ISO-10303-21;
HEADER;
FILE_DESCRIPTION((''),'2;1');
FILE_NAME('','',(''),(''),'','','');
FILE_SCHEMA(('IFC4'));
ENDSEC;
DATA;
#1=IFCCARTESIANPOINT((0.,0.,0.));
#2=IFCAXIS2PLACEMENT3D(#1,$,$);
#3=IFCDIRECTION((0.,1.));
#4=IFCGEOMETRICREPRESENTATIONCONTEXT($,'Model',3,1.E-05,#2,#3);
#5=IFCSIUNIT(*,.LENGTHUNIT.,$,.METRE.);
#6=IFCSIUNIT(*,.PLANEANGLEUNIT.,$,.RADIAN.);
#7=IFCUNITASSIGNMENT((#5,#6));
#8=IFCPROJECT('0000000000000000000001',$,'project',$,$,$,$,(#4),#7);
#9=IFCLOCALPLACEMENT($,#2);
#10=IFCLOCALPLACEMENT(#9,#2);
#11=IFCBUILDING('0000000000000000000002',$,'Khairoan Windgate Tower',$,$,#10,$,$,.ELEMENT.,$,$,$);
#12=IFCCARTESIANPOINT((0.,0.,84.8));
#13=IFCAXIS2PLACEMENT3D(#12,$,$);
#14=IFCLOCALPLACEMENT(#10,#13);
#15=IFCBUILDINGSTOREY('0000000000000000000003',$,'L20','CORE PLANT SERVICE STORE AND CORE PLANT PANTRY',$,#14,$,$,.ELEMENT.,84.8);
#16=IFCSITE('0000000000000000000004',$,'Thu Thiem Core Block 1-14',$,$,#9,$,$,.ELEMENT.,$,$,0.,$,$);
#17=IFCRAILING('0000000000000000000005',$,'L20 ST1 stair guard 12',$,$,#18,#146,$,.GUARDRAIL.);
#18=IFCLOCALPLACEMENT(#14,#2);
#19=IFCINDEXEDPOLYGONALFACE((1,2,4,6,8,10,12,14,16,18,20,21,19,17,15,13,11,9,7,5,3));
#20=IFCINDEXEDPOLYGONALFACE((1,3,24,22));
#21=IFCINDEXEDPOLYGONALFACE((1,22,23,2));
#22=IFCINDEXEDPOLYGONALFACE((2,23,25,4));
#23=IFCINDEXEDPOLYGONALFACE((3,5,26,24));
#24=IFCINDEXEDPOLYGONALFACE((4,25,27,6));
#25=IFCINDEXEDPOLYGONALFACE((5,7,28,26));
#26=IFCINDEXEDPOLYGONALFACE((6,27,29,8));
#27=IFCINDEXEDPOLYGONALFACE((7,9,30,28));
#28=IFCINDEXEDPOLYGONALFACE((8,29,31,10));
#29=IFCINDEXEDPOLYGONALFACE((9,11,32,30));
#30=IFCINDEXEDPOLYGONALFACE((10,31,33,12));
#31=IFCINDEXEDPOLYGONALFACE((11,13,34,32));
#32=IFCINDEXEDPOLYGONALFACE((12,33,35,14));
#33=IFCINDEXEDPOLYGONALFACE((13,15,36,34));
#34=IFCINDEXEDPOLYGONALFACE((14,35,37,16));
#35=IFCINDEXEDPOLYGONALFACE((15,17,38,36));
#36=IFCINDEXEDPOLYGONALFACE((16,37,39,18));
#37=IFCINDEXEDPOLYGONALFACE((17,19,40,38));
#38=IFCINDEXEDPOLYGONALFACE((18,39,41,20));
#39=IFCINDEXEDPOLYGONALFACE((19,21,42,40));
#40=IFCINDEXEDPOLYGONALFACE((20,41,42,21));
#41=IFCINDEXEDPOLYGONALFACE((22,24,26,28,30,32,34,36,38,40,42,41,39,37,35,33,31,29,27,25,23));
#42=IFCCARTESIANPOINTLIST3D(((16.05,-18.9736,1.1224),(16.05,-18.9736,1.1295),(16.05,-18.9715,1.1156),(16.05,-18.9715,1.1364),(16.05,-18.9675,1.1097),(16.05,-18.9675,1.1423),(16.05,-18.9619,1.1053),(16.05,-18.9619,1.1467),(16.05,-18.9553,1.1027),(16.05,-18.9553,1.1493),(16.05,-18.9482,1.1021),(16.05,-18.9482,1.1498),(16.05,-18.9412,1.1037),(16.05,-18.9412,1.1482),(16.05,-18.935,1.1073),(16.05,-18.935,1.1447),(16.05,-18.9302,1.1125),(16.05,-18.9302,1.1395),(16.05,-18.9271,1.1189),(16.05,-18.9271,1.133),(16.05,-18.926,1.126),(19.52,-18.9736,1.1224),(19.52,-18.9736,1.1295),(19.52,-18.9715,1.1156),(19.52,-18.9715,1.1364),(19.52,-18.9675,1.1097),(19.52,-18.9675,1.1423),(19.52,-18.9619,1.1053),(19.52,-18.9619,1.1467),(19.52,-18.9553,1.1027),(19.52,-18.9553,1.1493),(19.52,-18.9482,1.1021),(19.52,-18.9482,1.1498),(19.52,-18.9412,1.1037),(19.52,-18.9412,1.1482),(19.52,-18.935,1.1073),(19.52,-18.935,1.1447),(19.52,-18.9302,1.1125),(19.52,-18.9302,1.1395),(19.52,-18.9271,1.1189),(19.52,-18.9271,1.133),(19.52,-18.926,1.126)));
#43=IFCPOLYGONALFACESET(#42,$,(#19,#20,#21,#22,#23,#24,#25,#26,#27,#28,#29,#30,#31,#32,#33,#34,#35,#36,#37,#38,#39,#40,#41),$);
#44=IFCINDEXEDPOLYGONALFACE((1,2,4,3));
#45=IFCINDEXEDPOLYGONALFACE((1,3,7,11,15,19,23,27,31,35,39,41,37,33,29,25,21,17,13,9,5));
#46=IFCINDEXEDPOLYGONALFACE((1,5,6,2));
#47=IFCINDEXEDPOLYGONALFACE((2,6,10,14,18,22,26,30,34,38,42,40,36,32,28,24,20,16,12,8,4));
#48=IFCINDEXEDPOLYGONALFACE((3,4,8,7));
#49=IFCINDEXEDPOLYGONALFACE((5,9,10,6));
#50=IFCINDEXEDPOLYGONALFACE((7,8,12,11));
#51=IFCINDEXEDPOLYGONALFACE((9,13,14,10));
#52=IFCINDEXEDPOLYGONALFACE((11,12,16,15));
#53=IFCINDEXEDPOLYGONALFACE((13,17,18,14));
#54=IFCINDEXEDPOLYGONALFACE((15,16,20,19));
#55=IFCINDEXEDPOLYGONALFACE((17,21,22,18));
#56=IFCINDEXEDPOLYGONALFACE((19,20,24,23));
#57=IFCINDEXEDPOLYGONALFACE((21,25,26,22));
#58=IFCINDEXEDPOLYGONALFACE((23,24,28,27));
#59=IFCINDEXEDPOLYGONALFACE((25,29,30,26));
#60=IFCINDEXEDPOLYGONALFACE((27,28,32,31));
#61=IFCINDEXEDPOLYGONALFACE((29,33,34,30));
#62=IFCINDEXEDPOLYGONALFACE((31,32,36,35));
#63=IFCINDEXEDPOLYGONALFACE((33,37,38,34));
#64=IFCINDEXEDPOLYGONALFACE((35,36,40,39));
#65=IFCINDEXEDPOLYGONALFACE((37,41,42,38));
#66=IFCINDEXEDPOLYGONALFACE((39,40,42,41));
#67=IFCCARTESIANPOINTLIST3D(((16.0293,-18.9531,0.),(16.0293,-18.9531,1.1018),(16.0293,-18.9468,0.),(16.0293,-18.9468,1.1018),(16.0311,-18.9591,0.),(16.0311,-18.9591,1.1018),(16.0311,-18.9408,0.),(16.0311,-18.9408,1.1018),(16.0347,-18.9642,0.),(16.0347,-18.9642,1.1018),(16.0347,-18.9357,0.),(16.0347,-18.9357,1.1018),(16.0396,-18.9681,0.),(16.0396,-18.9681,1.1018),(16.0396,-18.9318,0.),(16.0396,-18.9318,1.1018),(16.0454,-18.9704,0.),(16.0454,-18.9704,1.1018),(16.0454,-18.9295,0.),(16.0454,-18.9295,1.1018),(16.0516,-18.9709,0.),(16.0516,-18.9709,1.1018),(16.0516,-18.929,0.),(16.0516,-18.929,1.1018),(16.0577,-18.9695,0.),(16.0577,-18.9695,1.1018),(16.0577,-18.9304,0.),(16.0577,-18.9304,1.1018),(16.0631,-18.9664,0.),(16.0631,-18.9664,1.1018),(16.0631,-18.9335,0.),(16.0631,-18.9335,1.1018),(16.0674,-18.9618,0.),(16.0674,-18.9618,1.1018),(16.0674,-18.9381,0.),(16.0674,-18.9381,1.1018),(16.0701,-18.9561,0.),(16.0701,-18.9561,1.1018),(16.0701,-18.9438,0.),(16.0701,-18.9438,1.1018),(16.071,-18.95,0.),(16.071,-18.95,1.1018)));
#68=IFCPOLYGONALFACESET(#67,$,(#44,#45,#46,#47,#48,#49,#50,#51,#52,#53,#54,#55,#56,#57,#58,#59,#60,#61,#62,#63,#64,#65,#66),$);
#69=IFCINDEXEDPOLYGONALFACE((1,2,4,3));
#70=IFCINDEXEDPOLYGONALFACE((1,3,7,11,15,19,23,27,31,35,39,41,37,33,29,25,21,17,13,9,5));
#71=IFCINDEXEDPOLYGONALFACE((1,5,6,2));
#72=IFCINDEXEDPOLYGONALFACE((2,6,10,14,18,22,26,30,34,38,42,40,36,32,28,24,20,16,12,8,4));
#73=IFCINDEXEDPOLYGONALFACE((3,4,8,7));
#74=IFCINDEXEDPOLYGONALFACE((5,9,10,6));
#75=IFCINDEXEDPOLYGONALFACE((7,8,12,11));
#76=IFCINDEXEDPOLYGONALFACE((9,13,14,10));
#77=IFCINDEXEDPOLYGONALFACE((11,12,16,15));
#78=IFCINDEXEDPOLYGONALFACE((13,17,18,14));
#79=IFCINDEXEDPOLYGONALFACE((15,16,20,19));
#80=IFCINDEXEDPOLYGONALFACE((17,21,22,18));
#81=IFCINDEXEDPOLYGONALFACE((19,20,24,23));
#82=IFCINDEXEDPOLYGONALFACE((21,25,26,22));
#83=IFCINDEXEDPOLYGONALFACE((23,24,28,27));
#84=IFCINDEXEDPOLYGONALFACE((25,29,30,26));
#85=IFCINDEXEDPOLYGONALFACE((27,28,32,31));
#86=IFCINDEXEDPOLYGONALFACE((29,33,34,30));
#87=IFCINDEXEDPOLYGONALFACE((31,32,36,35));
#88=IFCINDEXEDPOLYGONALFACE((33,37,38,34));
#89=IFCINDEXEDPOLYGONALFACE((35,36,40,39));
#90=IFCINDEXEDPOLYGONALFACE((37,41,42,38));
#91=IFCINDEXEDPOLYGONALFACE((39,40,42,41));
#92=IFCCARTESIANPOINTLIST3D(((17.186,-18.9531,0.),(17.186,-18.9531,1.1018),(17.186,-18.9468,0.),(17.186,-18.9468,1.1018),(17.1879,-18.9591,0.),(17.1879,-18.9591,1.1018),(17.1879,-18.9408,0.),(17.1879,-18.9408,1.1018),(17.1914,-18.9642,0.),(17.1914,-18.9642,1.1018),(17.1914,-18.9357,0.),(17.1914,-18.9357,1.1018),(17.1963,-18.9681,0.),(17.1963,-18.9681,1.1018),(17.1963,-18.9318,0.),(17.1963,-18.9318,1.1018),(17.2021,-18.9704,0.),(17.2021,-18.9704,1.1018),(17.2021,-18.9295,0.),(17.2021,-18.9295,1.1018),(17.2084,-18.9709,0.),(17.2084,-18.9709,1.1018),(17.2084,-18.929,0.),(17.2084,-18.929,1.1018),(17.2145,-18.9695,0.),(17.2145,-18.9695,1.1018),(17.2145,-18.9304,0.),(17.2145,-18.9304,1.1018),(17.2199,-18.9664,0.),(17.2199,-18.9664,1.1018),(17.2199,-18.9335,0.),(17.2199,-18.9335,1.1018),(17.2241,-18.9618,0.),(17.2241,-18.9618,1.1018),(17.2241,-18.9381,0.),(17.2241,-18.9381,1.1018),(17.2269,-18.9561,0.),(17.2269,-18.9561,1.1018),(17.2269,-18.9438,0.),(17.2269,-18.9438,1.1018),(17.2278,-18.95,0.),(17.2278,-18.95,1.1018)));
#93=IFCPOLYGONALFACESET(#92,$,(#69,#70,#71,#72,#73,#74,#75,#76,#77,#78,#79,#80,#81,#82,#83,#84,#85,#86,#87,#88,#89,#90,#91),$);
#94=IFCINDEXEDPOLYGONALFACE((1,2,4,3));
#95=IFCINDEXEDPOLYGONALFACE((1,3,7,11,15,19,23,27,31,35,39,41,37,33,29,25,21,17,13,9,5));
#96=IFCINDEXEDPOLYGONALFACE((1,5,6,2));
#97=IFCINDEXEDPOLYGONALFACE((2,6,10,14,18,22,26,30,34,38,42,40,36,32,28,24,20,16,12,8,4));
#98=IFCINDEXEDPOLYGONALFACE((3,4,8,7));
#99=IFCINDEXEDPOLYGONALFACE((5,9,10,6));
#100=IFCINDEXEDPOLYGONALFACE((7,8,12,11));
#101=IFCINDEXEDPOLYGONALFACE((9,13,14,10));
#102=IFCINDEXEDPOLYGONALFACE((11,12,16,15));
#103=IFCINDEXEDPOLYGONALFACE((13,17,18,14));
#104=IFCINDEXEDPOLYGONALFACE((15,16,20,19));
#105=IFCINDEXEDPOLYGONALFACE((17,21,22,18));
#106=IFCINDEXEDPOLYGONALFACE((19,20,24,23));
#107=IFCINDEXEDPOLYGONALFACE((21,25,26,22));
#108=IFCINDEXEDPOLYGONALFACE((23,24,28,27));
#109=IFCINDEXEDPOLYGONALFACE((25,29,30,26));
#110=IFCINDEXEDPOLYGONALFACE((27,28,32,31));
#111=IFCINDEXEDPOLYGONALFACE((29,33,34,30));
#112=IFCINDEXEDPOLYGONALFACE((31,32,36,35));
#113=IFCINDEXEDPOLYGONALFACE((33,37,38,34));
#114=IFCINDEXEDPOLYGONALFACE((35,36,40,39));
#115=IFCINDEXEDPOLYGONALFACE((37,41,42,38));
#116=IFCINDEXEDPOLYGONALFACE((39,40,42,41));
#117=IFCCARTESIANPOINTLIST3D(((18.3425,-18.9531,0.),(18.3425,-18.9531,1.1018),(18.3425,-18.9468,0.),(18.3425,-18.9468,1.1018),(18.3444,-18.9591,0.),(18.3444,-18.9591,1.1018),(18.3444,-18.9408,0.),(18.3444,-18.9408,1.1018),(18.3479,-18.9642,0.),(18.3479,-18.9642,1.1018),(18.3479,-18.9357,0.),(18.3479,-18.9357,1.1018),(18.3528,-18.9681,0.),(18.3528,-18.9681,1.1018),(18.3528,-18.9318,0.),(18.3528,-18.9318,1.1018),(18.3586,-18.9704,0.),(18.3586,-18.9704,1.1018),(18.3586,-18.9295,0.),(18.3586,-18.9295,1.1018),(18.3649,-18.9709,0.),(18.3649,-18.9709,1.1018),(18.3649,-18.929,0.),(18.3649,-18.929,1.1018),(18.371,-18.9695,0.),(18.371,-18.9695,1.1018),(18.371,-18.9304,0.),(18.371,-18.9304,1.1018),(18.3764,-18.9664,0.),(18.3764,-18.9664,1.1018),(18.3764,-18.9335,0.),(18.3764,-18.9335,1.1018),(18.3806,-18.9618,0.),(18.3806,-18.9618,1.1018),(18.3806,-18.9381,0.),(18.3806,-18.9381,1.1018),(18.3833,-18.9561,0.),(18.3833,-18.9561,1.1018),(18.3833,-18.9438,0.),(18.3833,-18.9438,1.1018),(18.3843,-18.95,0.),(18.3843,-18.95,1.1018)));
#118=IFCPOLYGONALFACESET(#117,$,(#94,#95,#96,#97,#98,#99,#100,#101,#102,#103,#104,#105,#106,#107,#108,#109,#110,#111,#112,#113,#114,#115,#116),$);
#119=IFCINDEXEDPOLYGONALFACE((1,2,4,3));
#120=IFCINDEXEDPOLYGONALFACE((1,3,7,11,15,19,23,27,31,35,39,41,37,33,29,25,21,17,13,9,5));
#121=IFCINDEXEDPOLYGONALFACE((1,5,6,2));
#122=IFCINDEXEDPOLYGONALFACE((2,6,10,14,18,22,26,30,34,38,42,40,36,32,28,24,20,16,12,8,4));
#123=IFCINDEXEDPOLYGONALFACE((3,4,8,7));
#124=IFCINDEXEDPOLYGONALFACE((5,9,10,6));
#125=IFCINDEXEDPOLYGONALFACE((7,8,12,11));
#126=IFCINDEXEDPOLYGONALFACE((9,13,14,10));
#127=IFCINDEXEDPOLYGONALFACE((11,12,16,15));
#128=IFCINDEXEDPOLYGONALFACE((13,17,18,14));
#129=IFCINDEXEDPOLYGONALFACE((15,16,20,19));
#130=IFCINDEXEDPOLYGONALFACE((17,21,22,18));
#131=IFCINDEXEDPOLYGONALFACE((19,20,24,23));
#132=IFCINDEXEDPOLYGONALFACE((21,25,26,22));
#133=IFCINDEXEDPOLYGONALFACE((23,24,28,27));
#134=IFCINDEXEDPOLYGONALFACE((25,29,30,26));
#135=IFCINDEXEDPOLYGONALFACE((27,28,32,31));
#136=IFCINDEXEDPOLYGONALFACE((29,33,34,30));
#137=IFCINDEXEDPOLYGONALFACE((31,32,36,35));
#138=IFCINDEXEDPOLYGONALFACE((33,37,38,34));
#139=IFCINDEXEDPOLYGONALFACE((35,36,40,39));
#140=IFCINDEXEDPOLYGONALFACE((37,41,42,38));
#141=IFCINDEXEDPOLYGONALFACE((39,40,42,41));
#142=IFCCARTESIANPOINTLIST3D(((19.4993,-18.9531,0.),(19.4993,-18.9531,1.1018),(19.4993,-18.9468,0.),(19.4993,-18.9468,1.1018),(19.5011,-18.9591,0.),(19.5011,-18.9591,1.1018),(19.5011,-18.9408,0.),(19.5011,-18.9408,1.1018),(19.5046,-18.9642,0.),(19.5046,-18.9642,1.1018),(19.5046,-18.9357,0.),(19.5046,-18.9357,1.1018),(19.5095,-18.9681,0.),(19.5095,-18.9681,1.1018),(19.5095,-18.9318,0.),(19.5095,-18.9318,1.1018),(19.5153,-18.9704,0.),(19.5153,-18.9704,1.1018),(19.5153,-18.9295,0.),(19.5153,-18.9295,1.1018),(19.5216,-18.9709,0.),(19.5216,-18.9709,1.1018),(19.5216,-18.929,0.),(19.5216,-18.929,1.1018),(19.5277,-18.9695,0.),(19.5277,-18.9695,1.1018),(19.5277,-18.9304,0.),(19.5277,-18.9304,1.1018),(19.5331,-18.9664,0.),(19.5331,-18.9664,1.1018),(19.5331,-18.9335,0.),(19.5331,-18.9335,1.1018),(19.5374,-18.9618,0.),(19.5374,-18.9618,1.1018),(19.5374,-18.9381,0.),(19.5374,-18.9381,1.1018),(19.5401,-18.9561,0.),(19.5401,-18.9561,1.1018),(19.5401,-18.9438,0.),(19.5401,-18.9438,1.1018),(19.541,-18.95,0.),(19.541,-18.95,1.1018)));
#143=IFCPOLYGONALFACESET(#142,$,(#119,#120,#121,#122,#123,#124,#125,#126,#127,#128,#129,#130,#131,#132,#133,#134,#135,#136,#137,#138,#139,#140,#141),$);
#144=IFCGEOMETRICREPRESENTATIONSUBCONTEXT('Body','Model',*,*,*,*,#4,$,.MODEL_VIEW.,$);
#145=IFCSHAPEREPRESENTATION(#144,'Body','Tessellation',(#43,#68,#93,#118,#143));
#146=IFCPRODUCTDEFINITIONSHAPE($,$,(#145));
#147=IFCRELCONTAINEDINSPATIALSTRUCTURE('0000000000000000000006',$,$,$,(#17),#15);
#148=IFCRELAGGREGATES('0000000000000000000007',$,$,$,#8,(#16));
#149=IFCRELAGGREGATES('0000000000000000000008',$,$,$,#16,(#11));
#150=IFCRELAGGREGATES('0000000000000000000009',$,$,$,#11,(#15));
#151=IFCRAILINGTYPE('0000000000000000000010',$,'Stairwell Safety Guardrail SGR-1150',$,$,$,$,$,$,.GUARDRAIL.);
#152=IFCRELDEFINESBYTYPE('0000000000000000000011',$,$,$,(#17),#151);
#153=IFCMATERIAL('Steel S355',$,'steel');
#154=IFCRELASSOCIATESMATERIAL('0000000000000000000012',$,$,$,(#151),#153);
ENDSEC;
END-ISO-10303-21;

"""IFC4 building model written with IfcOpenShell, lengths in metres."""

from ifc_helpers import new_model, si_unit, direction, frame, origin, origin_2d, place, context, subcontext, project, spatial, circle, extrude, material, type_object, element, save


model = new_model("IFC4")

# Units and contexts
model_context = context("Model", 3, precision=1e-05, world=origin(), true_north=direction((0.0, 1.0)))
body_context = subcontext(model_context, "Body", "Model", "MODEL_VIEW")
ifc_project = project(units=[si_unit("LENGTHUNIT", "METRE"), si_unit("PLANEANGLEUNIT", "RADIAN")], contexts=[model_context])

# Site, building, storey
site_placement = place(None, origin())
site = spatial("IfcSite", under=ifc_project, at=site_placement, Name="Thu Thiem Core Block 1-14", CompositionType="ELEMENT", RefElevation=0.0)
building_placement = place(site_placement, origin())
building = spatial("IfcBuilding", under=site, at=building_placement, Name="Khairoan Windgate Tower", CompositionType="ELEMENT")
storey_placement = place(building_placement, frame((0.0, 0.0, 84.8)))
storey = spatial("IfcBuildingStorey", under=building, at=storey_placement, Name="L20", Description="CORE PLANT SERVICE STORE AND CORE PLANT PANTRY", CompositionType="ELEMENT", Elevation=84.8)

# Railing
ifc_material_1 = material(Name="Steel S355", Category="steel")
railing_type_1 = type_object("IfcRailingType", Name="Stairwell Safety Guardrail SGR-1150", PredefinedType="GUARDRAIL", material=ifc_material_1)
railing_1_placement = place(storey_placement, frame((16.05, -18.95, 0.0)))
element("IfcRailing", 1, at=railing_1_placement, inside=storey, type_object=railing_type_1, Name="L20 ST1 stair guard 12", PredefinedType="GUARDRAIL", context=body_context, shape_type="SweptSolid", body=[
    extrude(circle(Radius=0.0239, at=origin_2d()), frame((0.0, 0.0, 1.126), z_axis=(1.0, 0.0, 0.0), x_axis=(0.0, 1.0, 0.0)), (0.0, 0.0, 1.0), 3.47),
    extrude(circle(Radius=0.021, at=origin_2d()), origin(), (0.0, 0.0, 1.0), 1.1018),
    extrude(circle(Radius=0.021, at=origin_2d()), frame((1.1567, 0.0, 0.0)), (0.0, 0.0, 1.0), 1.1018),
    extrude(circle(Radius=0.021, at=origin_2d()), frame((2.3132, 0.0, 0.0)), (0.0, 0.0, 1.0), 1.1018),
    extrude(circle(Radius=0.021, at=origin_2d()), frame((3.47, 0.0, 0.0)), (0.0, 0.0, 1.0), 1.1018),
])

save(model, "model.ifc")
